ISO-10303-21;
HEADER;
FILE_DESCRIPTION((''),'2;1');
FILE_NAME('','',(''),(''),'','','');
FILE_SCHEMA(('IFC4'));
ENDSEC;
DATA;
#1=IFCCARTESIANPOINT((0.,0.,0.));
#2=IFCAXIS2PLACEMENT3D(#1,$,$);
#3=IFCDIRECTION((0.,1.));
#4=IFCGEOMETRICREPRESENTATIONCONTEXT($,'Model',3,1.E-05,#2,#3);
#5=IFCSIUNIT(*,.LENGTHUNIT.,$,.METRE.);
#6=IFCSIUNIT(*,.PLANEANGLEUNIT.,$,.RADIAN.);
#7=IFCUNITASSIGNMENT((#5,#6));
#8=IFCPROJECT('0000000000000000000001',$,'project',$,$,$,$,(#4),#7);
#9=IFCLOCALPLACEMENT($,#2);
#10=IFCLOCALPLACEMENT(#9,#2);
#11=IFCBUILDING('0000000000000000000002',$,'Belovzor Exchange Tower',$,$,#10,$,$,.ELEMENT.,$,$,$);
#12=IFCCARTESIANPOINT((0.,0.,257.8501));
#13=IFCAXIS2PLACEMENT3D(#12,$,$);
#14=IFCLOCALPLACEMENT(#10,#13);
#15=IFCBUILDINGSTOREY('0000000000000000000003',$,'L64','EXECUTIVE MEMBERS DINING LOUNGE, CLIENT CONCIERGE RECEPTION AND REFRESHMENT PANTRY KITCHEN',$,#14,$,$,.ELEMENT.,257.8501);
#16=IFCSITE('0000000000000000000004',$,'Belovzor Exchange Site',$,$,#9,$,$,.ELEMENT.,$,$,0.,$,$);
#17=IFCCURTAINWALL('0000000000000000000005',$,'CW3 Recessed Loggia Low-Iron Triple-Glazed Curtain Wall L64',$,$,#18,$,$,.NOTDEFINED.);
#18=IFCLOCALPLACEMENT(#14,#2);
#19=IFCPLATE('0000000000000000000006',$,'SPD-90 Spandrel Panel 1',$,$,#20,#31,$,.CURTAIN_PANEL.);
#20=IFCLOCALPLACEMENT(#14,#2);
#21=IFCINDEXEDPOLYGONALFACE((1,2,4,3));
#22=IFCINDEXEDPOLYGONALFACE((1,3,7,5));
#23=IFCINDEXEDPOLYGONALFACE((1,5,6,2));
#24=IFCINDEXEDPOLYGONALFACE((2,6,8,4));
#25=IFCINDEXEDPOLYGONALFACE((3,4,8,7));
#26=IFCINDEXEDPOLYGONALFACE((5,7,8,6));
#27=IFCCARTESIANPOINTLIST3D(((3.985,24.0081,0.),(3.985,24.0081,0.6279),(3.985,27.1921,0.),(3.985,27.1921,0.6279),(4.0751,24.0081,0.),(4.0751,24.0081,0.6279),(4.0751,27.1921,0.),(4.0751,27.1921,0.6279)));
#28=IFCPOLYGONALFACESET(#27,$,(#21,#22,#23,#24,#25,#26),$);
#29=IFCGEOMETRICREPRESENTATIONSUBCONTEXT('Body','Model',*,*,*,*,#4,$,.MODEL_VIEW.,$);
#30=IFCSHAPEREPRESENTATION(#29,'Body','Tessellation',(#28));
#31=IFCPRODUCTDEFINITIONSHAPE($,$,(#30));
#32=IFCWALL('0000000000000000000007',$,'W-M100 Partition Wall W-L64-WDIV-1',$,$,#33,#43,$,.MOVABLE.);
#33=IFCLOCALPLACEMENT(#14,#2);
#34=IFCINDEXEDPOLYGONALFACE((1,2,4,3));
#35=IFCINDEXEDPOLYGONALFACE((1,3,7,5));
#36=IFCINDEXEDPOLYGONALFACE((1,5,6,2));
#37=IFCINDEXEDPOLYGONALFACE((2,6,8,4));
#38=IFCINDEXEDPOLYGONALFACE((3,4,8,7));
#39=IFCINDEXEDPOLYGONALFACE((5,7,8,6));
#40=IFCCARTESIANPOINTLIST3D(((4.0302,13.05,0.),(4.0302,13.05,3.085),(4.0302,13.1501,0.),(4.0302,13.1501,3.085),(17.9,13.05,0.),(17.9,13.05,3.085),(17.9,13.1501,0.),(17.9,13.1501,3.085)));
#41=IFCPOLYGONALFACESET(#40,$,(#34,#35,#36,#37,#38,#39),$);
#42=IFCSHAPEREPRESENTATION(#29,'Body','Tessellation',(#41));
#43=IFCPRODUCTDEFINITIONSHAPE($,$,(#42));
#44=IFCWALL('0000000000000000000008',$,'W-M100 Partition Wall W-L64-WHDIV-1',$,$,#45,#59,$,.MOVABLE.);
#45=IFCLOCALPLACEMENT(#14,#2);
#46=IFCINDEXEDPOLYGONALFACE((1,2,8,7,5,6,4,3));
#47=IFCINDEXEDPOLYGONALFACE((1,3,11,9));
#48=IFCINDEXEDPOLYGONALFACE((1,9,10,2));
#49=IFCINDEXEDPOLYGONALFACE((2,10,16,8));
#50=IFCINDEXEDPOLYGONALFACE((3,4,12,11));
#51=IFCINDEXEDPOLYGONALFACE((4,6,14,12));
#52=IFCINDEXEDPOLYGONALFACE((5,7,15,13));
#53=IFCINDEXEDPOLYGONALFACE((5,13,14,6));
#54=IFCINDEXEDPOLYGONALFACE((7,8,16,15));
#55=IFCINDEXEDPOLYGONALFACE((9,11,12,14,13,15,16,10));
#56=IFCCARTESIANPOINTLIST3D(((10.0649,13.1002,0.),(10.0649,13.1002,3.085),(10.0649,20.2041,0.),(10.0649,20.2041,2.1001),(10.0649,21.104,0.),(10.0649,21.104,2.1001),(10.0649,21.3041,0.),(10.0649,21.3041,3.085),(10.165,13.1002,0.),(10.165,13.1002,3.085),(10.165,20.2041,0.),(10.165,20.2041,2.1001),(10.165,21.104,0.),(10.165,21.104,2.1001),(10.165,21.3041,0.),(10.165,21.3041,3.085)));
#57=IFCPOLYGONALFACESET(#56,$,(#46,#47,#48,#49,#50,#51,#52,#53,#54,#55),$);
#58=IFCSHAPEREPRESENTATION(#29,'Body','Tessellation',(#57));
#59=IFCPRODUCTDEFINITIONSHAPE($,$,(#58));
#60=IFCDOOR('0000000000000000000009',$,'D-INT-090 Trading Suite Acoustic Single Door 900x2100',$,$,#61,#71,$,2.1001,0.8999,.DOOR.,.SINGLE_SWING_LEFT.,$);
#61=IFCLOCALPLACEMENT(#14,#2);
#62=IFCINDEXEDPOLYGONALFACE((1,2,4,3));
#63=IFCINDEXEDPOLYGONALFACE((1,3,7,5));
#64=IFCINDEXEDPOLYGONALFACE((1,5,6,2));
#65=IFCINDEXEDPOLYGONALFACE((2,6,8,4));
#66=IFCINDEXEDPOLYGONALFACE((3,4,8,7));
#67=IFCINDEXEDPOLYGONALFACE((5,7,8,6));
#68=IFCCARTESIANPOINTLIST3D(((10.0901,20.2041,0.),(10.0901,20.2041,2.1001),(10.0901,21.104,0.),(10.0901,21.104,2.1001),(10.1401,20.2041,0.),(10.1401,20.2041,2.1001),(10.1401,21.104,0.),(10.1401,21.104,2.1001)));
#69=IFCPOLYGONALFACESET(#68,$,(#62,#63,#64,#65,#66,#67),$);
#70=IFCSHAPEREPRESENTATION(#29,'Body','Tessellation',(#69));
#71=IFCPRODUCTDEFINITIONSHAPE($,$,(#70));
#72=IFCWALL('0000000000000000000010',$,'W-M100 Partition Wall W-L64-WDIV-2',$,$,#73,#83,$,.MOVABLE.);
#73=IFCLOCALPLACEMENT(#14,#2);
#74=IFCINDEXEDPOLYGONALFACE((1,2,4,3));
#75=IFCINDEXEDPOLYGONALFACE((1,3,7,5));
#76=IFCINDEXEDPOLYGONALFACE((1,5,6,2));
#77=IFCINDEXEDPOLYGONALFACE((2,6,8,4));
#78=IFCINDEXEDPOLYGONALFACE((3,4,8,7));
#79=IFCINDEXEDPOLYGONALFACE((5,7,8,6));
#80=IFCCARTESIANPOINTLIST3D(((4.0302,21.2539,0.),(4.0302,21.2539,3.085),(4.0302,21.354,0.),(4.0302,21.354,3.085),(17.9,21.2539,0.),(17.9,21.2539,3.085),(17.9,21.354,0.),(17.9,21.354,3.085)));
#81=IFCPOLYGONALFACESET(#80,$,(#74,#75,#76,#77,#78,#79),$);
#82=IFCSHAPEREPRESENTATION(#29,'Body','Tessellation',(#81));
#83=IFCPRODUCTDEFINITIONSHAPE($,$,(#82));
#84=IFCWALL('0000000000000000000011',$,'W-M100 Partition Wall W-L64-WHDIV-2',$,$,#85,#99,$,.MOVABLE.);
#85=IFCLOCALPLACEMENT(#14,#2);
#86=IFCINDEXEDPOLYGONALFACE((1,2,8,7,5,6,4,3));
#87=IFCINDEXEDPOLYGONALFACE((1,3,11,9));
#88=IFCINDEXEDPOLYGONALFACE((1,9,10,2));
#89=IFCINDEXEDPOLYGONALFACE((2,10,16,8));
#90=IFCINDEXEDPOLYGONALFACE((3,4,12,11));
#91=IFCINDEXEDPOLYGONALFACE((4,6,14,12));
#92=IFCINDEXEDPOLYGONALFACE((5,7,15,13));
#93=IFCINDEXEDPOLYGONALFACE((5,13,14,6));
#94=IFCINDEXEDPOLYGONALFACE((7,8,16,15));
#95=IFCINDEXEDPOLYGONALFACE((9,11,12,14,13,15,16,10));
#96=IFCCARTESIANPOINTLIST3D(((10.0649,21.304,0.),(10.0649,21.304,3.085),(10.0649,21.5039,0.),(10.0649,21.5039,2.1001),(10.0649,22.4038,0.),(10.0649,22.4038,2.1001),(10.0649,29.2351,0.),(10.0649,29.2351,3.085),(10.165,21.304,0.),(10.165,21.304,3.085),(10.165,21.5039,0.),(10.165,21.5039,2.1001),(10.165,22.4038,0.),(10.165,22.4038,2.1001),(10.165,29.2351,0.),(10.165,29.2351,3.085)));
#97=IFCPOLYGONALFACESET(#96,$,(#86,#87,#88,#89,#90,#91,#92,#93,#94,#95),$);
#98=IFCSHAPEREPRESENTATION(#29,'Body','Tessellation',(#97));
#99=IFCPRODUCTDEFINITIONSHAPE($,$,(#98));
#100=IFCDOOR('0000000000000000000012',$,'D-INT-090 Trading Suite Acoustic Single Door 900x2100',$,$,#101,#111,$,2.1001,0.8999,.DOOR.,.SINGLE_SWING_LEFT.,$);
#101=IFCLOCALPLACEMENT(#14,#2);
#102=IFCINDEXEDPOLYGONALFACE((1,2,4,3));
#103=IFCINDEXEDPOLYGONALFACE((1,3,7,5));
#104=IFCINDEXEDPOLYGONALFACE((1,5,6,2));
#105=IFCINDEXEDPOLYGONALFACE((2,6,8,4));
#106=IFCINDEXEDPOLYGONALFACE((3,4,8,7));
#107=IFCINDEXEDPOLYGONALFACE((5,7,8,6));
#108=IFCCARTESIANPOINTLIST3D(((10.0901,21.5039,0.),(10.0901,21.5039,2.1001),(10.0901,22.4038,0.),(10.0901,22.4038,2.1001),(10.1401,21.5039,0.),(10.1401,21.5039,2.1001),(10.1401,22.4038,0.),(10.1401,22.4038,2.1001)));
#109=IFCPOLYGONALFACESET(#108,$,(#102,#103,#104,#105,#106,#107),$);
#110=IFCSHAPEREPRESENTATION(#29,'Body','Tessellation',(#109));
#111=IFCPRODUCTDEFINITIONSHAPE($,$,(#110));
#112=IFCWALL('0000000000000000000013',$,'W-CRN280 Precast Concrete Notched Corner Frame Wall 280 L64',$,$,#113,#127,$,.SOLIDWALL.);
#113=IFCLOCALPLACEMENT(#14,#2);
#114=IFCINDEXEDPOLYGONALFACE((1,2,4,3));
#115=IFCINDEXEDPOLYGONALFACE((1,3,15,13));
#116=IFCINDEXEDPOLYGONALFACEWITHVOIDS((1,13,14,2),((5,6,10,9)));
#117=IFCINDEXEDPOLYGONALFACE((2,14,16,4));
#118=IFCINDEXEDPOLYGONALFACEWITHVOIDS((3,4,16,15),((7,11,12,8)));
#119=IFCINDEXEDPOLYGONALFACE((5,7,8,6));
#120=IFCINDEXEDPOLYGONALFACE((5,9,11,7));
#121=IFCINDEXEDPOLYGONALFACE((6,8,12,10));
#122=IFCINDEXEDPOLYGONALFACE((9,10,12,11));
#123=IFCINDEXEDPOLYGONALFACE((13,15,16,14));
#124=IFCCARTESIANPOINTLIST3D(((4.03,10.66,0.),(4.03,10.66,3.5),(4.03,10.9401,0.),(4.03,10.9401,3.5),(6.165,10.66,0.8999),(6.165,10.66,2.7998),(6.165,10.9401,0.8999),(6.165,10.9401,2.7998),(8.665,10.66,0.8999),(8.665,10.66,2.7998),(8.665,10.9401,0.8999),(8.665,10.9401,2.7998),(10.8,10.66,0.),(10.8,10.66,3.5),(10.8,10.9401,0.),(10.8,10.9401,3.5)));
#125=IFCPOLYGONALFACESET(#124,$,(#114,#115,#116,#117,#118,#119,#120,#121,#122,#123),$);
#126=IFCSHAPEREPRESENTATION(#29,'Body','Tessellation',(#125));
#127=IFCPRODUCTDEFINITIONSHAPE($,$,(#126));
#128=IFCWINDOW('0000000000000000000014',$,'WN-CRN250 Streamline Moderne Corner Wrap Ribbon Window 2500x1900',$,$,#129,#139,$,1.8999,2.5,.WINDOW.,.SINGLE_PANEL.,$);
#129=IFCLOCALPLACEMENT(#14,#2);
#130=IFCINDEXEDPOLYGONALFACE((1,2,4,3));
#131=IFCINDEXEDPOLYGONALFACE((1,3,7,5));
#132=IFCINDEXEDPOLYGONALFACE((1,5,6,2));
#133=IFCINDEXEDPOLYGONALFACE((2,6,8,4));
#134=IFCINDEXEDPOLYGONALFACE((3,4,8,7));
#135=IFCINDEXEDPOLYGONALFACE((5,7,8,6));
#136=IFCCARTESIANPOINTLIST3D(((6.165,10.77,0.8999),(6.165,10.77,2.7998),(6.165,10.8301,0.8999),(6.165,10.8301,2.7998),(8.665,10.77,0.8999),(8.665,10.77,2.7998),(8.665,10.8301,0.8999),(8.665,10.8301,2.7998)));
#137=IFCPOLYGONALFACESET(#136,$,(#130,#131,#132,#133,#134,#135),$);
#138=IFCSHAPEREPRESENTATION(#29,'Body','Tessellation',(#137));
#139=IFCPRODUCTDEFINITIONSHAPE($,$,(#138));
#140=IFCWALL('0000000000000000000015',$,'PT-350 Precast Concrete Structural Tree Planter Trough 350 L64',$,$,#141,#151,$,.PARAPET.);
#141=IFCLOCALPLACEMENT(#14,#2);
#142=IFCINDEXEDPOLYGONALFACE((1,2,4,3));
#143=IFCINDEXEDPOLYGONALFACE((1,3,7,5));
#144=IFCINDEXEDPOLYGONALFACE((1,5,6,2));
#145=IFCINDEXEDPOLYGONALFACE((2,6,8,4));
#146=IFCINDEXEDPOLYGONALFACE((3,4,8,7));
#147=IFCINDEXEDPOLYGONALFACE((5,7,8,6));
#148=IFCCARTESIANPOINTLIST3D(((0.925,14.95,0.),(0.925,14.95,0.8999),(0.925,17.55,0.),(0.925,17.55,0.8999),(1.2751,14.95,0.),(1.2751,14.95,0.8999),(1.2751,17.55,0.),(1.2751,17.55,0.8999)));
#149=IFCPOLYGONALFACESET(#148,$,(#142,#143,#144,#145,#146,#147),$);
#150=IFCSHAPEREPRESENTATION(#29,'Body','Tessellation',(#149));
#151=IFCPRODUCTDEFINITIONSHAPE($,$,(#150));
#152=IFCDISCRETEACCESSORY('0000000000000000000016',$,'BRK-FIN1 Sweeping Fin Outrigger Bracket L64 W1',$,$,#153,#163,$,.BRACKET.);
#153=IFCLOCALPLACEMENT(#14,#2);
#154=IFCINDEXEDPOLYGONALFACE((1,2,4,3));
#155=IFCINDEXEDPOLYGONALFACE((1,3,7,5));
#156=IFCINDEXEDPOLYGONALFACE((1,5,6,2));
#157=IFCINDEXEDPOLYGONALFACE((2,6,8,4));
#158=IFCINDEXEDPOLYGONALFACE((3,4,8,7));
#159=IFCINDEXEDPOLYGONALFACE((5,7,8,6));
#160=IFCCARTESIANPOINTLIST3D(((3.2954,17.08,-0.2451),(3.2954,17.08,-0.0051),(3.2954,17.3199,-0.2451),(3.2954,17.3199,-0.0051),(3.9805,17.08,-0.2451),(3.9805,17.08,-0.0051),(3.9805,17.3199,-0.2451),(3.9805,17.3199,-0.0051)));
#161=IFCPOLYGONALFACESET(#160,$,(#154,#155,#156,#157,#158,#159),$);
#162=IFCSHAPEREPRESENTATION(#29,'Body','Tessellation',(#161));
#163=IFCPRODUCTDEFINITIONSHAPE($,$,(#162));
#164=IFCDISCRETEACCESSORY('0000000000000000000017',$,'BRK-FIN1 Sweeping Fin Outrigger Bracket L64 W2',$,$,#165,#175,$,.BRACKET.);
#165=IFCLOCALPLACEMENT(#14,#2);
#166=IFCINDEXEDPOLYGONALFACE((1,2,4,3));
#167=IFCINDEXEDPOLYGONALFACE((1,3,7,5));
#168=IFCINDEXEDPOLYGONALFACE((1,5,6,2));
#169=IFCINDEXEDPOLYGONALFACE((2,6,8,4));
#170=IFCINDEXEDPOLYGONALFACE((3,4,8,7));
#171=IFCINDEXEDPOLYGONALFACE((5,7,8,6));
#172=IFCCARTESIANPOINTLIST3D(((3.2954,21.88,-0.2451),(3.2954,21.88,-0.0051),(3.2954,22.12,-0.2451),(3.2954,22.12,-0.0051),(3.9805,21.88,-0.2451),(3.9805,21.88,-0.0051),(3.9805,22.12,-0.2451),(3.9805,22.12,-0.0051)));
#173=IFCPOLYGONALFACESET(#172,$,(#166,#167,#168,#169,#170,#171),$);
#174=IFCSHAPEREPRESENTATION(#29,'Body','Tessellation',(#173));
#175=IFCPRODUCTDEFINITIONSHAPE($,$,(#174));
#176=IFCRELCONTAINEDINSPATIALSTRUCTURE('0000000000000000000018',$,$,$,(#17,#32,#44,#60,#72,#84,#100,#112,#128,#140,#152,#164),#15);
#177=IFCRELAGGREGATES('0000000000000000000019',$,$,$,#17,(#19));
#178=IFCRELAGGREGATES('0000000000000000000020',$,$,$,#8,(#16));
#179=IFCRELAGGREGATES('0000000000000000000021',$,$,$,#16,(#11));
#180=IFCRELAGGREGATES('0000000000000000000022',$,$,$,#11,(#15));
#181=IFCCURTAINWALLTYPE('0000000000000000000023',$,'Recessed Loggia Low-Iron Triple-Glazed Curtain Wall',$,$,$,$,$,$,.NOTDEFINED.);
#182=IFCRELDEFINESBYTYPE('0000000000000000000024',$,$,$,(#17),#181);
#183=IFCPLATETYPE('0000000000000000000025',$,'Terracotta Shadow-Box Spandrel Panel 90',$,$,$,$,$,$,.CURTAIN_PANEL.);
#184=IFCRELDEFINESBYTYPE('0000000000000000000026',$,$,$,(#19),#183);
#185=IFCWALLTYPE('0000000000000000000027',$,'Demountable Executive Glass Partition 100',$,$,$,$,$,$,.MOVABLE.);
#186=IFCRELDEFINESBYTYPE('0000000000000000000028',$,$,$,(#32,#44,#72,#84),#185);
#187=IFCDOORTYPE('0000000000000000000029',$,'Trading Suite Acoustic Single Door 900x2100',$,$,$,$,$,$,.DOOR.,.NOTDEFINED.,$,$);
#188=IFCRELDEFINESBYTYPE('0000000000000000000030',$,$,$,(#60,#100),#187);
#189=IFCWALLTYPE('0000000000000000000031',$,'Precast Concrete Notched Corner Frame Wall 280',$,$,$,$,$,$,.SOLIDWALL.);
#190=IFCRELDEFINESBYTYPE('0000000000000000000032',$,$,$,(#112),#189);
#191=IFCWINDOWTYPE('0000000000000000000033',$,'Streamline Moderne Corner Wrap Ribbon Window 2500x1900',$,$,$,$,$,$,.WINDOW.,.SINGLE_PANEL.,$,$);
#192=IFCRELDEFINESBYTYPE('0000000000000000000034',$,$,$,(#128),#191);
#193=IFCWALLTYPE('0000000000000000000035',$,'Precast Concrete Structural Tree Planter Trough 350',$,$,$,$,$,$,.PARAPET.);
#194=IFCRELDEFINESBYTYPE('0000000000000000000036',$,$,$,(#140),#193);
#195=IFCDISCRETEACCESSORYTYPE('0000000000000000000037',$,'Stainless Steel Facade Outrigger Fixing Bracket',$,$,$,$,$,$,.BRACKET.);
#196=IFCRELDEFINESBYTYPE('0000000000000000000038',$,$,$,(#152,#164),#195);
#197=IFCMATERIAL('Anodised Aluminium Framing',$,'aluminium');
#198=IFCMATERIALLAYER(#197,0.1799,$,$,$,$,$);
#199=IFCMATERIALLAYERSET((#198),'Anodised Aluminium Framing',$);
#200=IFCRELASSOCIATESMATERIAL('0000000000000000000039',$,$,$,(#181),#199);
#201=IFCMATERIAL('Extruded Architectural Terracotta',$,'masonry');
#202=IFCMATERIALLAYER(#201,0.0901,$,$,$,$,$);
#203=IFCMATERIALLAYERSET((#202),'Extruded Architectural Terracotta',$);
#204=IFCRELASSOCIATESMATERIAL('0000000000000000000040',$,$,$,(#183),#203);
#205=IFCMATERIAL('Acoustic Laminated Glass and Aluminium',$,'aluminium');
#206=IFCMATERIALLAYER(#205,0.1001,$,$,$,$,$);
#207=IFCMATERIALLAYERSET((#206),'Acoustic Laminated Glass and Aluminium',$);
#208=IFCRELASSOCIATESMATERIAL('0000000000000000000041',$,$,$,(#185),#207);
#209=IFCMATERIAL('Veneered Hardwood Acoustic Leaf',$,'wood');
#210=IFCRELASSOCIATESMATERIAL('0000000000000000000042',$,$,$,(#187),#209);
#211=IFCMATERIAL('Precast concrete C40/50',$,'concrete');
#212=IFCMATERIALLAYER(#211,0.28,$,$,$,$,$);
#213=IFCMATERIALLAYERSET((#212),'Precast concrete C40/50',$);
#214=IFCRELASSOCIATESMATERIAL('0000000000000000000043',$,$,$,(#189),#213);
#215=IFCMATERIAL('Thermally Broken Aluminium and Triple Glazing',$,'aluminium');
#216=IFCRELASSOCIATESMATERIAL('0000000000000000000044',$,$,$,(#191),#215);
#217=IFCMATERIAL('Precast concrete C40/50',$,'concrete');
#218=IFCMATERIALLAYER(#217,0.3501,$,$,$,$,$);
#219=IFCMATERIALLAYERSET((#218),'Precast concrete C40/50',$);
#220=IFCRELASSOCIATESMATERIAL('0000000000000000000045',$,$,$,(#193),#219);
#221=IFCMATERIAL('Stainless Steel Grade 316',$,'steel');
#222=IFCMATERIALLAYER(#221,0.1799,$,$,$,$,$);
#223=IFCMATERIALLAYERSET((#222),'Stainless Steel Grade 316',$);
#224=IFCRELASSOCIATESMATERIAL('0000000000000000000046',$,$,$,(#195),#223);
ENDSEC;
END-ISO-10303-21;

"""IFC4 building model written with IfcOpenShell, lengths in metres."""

from ifc_helpers import new_model, si_unit, direction, frame, frame_2d, origin, origin_2d, place, context, subcontext, project, spatial, rectangle, extrude, material, layer, layer_set, type_object, element, fill, aggregate, save


model = new_model("IFC4")

# Units and contexts
model_context = context("Model", 3, precision=1e-05, world=origin(), true_north=direction((0.0, 1.0)))
body_context = subcontext(model_context, "Body", "Model", "MODEL_VIEW")
ifc_project = project(units=[si_unit("LENGTHUNIT", "METRE"), si_unit("PLANEANGLEUNIT", "RADIAN")], contexts=[model_context])

# Site, building, storey
site_placement = place(None, origin())
site = spatial("IfcSite", under=ifc_project, at=site_placement, Name="Belovzor Exchange Site", CompositionType="ELEMENT", RefElevation=0.0)
building_placement = place(site_placement, origin())
building = spatial("IfcBuilding", under=site, at=building_placement, Name="Belovzor Exchange Tower", CompositionType="ELEMENT")
storey_placement = place(building_placement, frame((0.0, 0.0, 257.8501)))
storey = spatial("IfcBuildingStorey", under=building, at=storey_placement, Name="L64", Description="EXECUTIVE MEMBERS DINING LOUNGE, CLIENT CONCIERGE RECEPTION AND REFRESHMENT PANTRY KITCHEN", CompositionType="ELEMENT", Elevation=257.8501)

# Curtain wall
ifc_material_1 = material(Name="Anodised Aluminium Framing", Category="aluminium")
ifc_layer_1 = layer(ifc_material_1, 0.1799)
ifc_layer_set_1 = layer_set([ifc_layer_1], Name="Anodised Aluminium Framing")
curtain_wall_type = type_object("IfcCurtainWallType", Name="Recessed Loggia Low-Iron Triple-Glazed Curtain Wall", PredefinedType="NOTDEFINED", material=ifc_layer_set_1)
curtain_wall_placement = place(storey_placement, origin())
curtain_wall = element("IfcCurtainWall", 1, at=curtain_wall_placement, inside=storey, type_object=curtain_wall_type, Name="CW3 Recessed Loggia Low-Iron Triple-Glazed Curtain Wall L64", PredefinedType="NOTDEFINED")

# Plate
ifc_material_2 = material(Name="Extruded Architectural Terracotta", Category="masonry")
ifc_layer_2 = layer(ifc_material_2, 0.0901)
ifc_layer_set_2 = layer_set([ifc_layer_2], Name="Extruded Architectural Terracotta")
plate_type_1 = type_object("IfcPlateType", Name="Terracotta Shadow-Box Spandrel Panel 90", PredefinedType="CURTAIN_PANEL", material=ifc_layer_set_2)
plate_1_placement = place(storey_placement, frame((4.03, 25.6001, 0.0), z_axis=(0.0, 0.0, 1.0), x_axis=(0.0, 1.0, 0.0)))
plate_1 = element("IfcPlate", 2, at=plate_1_placement, type_object=plate_type_1, Name="SPD-90 Spandrel Panel 1", PredefinedType="CURTAIN_PANEL", context=body_context, shape_type="SweptSolid", body=[
    extrude(rectangle(XDim=3.1841, YDim=0.0901, at=origin_2d()), origin(), (0.0, 0.0, 1.0), 0.6279),
])
aggregate(curtain_wall, [plate_1])

# Wall
ifc_material_3 = material(Name="Acoustic Laminated Glass and Aluminium", Category="aluminium")
ifc_layer_3 = layer(ifc_material_3, 0.1001)
ifc_layer_set_3 = layer_set([ifc_layer_3], Name="Acoustic Laminated Glass and Aluminium")
wall_type_1 = type_object("IfcWallType", Name="Demountable Executive Glass Partition 100", PredefinedType="MOVABLE", material=ifc_layer_set_3)
wall_1_placement = place(storey_placement, frame((4.03, 13.1001, 0.0), z_axis=(0.0, 0.0, 1.0), x_axis=(1.0, 0.0, 0.0)))
element("IfcWall", 3, at=wall_1_placement, inside=storey, type_object=wall_type_1, Name="W-M100 Partition Wall W-L64-WDIV-1", PredefinedType="MOVABLE", context=body_context, shape_type="SweptSolid", body=[
    extrude(rectangle(XDim=13.8699, YDim=0.1001, at=frame_2d((6.9351, 0.0))), origin(), (0.0, 0.0, 1.0), 3.085),
])

# Wall, opening, door
wall_2_placement = place(storey_placement, frame((10.115, 13.1001, 0.0), z_axis=(0.0, 0.0, 1.0), x_axis=(0.0, 1.0, 0.0)))
wall_2 = element("IfcWall", 4, at=wall_2_placement, inside=storey, type_object=wall_type_1, Name="W-M100 Partition Wall W-L64-WHDIV-1", PredefinedType="MOVABLE", context=body_context, shape_type="SweptSolid", body=[
    extrude(rectangle(XDim=8.2039, YDim=0.1001, at=frame_2d((4.1021, 0.0))), origin(), (0.0, 0.0, 1.0), 3.085),
])
opening_1_placement = place(wall_2_placement, frame((7.104, 0.0, 0.0)))
opening_1 = element("IfcOpeningElement", 5, at=opening_1_placement, cuts=wall_2, PredefinedType="OPENING", context=body_context, shape_type="SweptSolid", body=[
    extrude(rectangle(XDim=0.8999, YDim=2.1001, at=frame_2d((0.45, 1.05))), frame((0.0, 0.0601, 0.0), z_axis=(0.0, -1.0, 0.0), x_axis=(1.0, 0.0, 0.0)), (0.0, 0.0, 1.0), 0.1201),
])
ifc_material_4 = material(Name="Veneered Hardwood Acoustic Leaf", Category="wood")
door_type = type_object("IfcDoorType", Name="Trading Suite Acoustic Single Door 900x2100", OperationType="NOTDEFINED", PredefinedType="DOOR", material=ifc_material_4)
door_1_placement = place(opening_1_placement, origin())
door_1 = element("IfcDoor", 6, at=door_1_placement, inside=storey, type_object=door_type, Name="D-INT-090 Trading Suite Acoustic Single Door 900x2100", OperationType="SINGLE_SWING_LEFT", OverallHeight=2.1001, OverallWidth=0.8999, PredefinedType="DOOR", context=body_context, shape_type="SweptSolid", body=[
    extrude(rectangle(XDim=0.8999, YDim=2.1001, at=frame_2d((0.45, 1.05))), frame((0.0, 0.0249, 0.0), z_axis=(0.0, -1.0, 0.0), x_axis=(1.0, 0.0, 0.0)), (0.0, 0.0, 1.0), 0.05),
])
fill(opening_1, door_1)

# Wall
wall_3_placement = place(storey_placement, frame((4.03, 21.304, 0.0), z_axis=(0.0, 0.0, 1.0), x_axis=(1.0, 0.0, 0.0)))
element("IfcWall", 7, at=wall_3_placement, inside=storey, type_object=wall_type_1, Name="W-M100 Partition Wall W-L64-WDIV-2", PredefinedType="MOVABLE", context=body_context, shape_type="SweptSolid", body=[
    extrude(rectangle(XDim=13.8699, YDim=0.1001, at=frame_2d((6.9351, 0.0))), origin(), (0.0, 0.0, 1.0), 3.085),
])

# Wall, opening, door
wall_4_placement = place(storey_placement, frame((10.115, 21.304, 0.0), z_axis=(0.0, 0.0, 1.0), x_axis=(0.0, 1.0, 0.0)))
wall_4 = element("IfcWall", 8, at=wall_4_placement, inside=storey, type_object=wall_type_1, Name="W-M100 Partition Wall W-L64-WHDIV-2", PredefinedType="MOVABLE", context=body_context, shape_type="SweptSolid", body=[
    extrude(rectangle(XDim=7.9312, YDim=0.1001, at=frame_2d((3.9656, 0.0))), origin(), (0.0, 0.0, 1.0), 3.085),
])
opening_2_placement = place(wall_4_placement, frame((0.2, 0.0, 0.0)))
opening_2 = element("IfcOpeningElement", 9, at=opening_2_placement, cuts=wall_4, PredefinedType="OPENING", context=body_context, shape_type="SweptSolid", body=[
    extrude(rectangle(XDim=0.8999, YDim=2.1001, at=frame_2d((0.45, 1.05))), frame((0.0, 0.0601, 0.0), z_axis=(0.0, -1.0, 0.0), x_axis=(1.0, 0.0, 0.0)), (0.0, 0.0, 1.0), 0.1201),
])
door_2_placement = place(opening_2_placement, origin())
door_2 = element("IfcDoor", 10, at=door_2_placement, inside=storey, type_object=door_type, Name="D-INT-090 Trading Suite Acoustic Single Door 900x2100", OperationType="SINGLE_SWING_LEFT", OverallHeight=2.1001, OverallWidth=0.8999, PredefinedType="DOOR", context=body_context, shape_type="SweptSolid", body=[
    extrude(rectangle(XDim=0.8999, YDim=2.1001, at=frame_2d((0.45, 1.05))), frame((0.0, 0.0249, 0.0), z_axis=(0.0, -1.0, 0.0), x_axis=(1.0, 0.0, 0.0)), (0.0, 0.0, 1.0), 0.05),
])
fill(opening_2, door_2)

# Wall, opening, window
ifc_material_5 = material(Name="Precast concrete C40/50", Category="concrete")
ifc_layer_4 = layer(ifc_material_5, 0.28)
ifc_layer_set_4 = layer_set([ifc_layer_4], Name="Precast concrete C40/50")
wall_type_2 = type_object("IfcWallType", Name="Precast Concrete Notched Corner Frame Wall 280", PredefinedType="SOLIDWALL", material=ifc_layer_set_4)
wall_5_placement = place(storey_placement, frame((10.8, 10.8, 0.0), z_axis=(0.0, 0.0, 1.0), x_axis=(-1.0, 0.0, 0.0)))
wall_5 = element("IfcWall", 11, at=wall_5_placement, inside=storey, type_object=wall_type_2, Name="W-CRN280 Precast Concrete Notched Corner Frame Wall 280 L64", PredefinedType="SOLIDWALL", context=body_context, shape_type="SweptSolid", body=[
    extrude(rectangle(XDim=6.77, YDim=0.28, at=frame_2d((3.385, 0.0))), origin(), (0.0, 0.0, 1.0), 3.5),
])
opening_3_placement = place(wall_5_placement, frame((2.135, 0.0, 0.8999)))
opening_3 = element("IfcOpeningElement", 12, at=opening_3_placement, cuts=wall_5, PredefinedType="OPENING", context=body_context, shape_type="SweptSolid", body=[
    extrude(rectangle(XDim=2.5, YDim=1.8999, at=frame_2d((1.25, 0.95))), frame((0.0, 0.1499, 0.0), z_axis=(0.0, -1.0, 0.0), x_axis=(1.0, 0.0, 0.0)), (0.0, 0.0, 1.0), 0.3),
])
ifc_material_6 = material(Name="Thermally Broken Aluminium and Triple Glazing", Category="aluminium")
window_type = type_object("IfcWindowType", Name="Streamline Moderne Corner Wrap Ribbon Window 2500x1900", PartitioningType="SINGLE_PANEL", PredefinedType="WINDOW", material=ifc_material_6)
window_placement = place(opening_3_placement, origin())
window = element("IfcWindow", 13, at=window_placement, inside=storey, type_object=window_type, Name="WN-CRN250 Streamline Moderne Corner Wrap Ribbon Window 2500x1900", OverallHeight=1.8999, OverallWidth=2.5, PartitioningType="SINGLE_PANEL", PredefinedType="WINDOW", context=body_context, shape_type="SweptSolid", body=[
    extrude(rectangle(XDim=2.5, YDim=1.8999, at=frame_2d((1.25, 0.95))), frame((0.0, 0.03, 0.0), z_axis=(0.0, -1.0, 0.0), x_axis=(1.0, 0.0, 0.0)), (0.0, 0.0, 1.0), 0.0601),
])
fill(opening_3, window)

# Wall
ifc_material_7 = material(Name="Precast concrete C40/50", Category="concrete")
ifc_layer_5 = layer(ifc_material_7, 0.3501)
ifc_layer_set_5 = layer_set([ifc_layer_5], Name="Precast concrete C40/50")
wall_type_3 = type_object("IfcWallType", Name="Precast Concrete Structural Tree Planter Trough 350", PredefinedType="PARAPET", material=ifc_layer_set_5)
wall_6_placement = place(storey_placement, frame((1.1001, 14.95, 0.0), z_axis=(0.0, 0.0, 1.0), x_axis=(0.0, 1.0, 0.0)))
element("IfcWall", 14, at=wall_6_placement, inside=storey, type_object=wall_type_3, Name="PT-350 Precast Concrete Structural Tree Planter Trough 350 L64", PredefinedType="PARAPET", context=body_context, shape_type="SweptSolid", body=[
    extrude(rectangle(XDim=2.6001, YDim=0.3501, at=frame_2d((1.3, 0.0))), origin(), (0.0, 0.0, 1.0), 0.8999),
])

# Discrete accessories
ifc_material_8 = material(Name="Stainless Steel Grade 316", Category="steel")
ifc_layer_6 = layer(ifc_material_8, 0.1799)
ifc_layer_set_6 = layer_set([ifc_layer_6], Name="Stainless Steel Grade 316")
discrete_accessory_type = type_object("IfcDiscreteAccessoryType", Name="Stainless Steel Facade Outrigger Fixing Bracket", PredefinedType="BRACKET", material=ifc_layer_set_6)
for number, where, z_axis, x_axis, name in (
    (15, (3.6379, 17.2, -0.2451), (0.0, 0.0, 1.0), (1.0, 0.0, 0.0), "BRK-FIN1 Sweeping Fin Outrigger Bracket L64 W1"),
    (16, (3.6379, 22.0, -0.2451), (0.0, 0.0, 1.0), (1.0, 0.0, 0.0), "BRK-FIN1 Sweeping Fin Outrigger Bracket L64 W2"),
):
    element("IfcDiscreteAccessory", number, at=place(storey_placement, frame(where, z_axis=z_axis, x_axis=x_axis)), inside=storey, type_object=discrete_accessory_type, Name=name, PredefinedType="BRACKET", context=body_context, shape_type="SweptSolid", body=[
        extrude(rectangle(XDim=0.6851, YDim=0.24, at=origin_2d()), origin(), (0.0, 0.0, 1.0), 0.24),
    ])

save(model, "model.ifc")
